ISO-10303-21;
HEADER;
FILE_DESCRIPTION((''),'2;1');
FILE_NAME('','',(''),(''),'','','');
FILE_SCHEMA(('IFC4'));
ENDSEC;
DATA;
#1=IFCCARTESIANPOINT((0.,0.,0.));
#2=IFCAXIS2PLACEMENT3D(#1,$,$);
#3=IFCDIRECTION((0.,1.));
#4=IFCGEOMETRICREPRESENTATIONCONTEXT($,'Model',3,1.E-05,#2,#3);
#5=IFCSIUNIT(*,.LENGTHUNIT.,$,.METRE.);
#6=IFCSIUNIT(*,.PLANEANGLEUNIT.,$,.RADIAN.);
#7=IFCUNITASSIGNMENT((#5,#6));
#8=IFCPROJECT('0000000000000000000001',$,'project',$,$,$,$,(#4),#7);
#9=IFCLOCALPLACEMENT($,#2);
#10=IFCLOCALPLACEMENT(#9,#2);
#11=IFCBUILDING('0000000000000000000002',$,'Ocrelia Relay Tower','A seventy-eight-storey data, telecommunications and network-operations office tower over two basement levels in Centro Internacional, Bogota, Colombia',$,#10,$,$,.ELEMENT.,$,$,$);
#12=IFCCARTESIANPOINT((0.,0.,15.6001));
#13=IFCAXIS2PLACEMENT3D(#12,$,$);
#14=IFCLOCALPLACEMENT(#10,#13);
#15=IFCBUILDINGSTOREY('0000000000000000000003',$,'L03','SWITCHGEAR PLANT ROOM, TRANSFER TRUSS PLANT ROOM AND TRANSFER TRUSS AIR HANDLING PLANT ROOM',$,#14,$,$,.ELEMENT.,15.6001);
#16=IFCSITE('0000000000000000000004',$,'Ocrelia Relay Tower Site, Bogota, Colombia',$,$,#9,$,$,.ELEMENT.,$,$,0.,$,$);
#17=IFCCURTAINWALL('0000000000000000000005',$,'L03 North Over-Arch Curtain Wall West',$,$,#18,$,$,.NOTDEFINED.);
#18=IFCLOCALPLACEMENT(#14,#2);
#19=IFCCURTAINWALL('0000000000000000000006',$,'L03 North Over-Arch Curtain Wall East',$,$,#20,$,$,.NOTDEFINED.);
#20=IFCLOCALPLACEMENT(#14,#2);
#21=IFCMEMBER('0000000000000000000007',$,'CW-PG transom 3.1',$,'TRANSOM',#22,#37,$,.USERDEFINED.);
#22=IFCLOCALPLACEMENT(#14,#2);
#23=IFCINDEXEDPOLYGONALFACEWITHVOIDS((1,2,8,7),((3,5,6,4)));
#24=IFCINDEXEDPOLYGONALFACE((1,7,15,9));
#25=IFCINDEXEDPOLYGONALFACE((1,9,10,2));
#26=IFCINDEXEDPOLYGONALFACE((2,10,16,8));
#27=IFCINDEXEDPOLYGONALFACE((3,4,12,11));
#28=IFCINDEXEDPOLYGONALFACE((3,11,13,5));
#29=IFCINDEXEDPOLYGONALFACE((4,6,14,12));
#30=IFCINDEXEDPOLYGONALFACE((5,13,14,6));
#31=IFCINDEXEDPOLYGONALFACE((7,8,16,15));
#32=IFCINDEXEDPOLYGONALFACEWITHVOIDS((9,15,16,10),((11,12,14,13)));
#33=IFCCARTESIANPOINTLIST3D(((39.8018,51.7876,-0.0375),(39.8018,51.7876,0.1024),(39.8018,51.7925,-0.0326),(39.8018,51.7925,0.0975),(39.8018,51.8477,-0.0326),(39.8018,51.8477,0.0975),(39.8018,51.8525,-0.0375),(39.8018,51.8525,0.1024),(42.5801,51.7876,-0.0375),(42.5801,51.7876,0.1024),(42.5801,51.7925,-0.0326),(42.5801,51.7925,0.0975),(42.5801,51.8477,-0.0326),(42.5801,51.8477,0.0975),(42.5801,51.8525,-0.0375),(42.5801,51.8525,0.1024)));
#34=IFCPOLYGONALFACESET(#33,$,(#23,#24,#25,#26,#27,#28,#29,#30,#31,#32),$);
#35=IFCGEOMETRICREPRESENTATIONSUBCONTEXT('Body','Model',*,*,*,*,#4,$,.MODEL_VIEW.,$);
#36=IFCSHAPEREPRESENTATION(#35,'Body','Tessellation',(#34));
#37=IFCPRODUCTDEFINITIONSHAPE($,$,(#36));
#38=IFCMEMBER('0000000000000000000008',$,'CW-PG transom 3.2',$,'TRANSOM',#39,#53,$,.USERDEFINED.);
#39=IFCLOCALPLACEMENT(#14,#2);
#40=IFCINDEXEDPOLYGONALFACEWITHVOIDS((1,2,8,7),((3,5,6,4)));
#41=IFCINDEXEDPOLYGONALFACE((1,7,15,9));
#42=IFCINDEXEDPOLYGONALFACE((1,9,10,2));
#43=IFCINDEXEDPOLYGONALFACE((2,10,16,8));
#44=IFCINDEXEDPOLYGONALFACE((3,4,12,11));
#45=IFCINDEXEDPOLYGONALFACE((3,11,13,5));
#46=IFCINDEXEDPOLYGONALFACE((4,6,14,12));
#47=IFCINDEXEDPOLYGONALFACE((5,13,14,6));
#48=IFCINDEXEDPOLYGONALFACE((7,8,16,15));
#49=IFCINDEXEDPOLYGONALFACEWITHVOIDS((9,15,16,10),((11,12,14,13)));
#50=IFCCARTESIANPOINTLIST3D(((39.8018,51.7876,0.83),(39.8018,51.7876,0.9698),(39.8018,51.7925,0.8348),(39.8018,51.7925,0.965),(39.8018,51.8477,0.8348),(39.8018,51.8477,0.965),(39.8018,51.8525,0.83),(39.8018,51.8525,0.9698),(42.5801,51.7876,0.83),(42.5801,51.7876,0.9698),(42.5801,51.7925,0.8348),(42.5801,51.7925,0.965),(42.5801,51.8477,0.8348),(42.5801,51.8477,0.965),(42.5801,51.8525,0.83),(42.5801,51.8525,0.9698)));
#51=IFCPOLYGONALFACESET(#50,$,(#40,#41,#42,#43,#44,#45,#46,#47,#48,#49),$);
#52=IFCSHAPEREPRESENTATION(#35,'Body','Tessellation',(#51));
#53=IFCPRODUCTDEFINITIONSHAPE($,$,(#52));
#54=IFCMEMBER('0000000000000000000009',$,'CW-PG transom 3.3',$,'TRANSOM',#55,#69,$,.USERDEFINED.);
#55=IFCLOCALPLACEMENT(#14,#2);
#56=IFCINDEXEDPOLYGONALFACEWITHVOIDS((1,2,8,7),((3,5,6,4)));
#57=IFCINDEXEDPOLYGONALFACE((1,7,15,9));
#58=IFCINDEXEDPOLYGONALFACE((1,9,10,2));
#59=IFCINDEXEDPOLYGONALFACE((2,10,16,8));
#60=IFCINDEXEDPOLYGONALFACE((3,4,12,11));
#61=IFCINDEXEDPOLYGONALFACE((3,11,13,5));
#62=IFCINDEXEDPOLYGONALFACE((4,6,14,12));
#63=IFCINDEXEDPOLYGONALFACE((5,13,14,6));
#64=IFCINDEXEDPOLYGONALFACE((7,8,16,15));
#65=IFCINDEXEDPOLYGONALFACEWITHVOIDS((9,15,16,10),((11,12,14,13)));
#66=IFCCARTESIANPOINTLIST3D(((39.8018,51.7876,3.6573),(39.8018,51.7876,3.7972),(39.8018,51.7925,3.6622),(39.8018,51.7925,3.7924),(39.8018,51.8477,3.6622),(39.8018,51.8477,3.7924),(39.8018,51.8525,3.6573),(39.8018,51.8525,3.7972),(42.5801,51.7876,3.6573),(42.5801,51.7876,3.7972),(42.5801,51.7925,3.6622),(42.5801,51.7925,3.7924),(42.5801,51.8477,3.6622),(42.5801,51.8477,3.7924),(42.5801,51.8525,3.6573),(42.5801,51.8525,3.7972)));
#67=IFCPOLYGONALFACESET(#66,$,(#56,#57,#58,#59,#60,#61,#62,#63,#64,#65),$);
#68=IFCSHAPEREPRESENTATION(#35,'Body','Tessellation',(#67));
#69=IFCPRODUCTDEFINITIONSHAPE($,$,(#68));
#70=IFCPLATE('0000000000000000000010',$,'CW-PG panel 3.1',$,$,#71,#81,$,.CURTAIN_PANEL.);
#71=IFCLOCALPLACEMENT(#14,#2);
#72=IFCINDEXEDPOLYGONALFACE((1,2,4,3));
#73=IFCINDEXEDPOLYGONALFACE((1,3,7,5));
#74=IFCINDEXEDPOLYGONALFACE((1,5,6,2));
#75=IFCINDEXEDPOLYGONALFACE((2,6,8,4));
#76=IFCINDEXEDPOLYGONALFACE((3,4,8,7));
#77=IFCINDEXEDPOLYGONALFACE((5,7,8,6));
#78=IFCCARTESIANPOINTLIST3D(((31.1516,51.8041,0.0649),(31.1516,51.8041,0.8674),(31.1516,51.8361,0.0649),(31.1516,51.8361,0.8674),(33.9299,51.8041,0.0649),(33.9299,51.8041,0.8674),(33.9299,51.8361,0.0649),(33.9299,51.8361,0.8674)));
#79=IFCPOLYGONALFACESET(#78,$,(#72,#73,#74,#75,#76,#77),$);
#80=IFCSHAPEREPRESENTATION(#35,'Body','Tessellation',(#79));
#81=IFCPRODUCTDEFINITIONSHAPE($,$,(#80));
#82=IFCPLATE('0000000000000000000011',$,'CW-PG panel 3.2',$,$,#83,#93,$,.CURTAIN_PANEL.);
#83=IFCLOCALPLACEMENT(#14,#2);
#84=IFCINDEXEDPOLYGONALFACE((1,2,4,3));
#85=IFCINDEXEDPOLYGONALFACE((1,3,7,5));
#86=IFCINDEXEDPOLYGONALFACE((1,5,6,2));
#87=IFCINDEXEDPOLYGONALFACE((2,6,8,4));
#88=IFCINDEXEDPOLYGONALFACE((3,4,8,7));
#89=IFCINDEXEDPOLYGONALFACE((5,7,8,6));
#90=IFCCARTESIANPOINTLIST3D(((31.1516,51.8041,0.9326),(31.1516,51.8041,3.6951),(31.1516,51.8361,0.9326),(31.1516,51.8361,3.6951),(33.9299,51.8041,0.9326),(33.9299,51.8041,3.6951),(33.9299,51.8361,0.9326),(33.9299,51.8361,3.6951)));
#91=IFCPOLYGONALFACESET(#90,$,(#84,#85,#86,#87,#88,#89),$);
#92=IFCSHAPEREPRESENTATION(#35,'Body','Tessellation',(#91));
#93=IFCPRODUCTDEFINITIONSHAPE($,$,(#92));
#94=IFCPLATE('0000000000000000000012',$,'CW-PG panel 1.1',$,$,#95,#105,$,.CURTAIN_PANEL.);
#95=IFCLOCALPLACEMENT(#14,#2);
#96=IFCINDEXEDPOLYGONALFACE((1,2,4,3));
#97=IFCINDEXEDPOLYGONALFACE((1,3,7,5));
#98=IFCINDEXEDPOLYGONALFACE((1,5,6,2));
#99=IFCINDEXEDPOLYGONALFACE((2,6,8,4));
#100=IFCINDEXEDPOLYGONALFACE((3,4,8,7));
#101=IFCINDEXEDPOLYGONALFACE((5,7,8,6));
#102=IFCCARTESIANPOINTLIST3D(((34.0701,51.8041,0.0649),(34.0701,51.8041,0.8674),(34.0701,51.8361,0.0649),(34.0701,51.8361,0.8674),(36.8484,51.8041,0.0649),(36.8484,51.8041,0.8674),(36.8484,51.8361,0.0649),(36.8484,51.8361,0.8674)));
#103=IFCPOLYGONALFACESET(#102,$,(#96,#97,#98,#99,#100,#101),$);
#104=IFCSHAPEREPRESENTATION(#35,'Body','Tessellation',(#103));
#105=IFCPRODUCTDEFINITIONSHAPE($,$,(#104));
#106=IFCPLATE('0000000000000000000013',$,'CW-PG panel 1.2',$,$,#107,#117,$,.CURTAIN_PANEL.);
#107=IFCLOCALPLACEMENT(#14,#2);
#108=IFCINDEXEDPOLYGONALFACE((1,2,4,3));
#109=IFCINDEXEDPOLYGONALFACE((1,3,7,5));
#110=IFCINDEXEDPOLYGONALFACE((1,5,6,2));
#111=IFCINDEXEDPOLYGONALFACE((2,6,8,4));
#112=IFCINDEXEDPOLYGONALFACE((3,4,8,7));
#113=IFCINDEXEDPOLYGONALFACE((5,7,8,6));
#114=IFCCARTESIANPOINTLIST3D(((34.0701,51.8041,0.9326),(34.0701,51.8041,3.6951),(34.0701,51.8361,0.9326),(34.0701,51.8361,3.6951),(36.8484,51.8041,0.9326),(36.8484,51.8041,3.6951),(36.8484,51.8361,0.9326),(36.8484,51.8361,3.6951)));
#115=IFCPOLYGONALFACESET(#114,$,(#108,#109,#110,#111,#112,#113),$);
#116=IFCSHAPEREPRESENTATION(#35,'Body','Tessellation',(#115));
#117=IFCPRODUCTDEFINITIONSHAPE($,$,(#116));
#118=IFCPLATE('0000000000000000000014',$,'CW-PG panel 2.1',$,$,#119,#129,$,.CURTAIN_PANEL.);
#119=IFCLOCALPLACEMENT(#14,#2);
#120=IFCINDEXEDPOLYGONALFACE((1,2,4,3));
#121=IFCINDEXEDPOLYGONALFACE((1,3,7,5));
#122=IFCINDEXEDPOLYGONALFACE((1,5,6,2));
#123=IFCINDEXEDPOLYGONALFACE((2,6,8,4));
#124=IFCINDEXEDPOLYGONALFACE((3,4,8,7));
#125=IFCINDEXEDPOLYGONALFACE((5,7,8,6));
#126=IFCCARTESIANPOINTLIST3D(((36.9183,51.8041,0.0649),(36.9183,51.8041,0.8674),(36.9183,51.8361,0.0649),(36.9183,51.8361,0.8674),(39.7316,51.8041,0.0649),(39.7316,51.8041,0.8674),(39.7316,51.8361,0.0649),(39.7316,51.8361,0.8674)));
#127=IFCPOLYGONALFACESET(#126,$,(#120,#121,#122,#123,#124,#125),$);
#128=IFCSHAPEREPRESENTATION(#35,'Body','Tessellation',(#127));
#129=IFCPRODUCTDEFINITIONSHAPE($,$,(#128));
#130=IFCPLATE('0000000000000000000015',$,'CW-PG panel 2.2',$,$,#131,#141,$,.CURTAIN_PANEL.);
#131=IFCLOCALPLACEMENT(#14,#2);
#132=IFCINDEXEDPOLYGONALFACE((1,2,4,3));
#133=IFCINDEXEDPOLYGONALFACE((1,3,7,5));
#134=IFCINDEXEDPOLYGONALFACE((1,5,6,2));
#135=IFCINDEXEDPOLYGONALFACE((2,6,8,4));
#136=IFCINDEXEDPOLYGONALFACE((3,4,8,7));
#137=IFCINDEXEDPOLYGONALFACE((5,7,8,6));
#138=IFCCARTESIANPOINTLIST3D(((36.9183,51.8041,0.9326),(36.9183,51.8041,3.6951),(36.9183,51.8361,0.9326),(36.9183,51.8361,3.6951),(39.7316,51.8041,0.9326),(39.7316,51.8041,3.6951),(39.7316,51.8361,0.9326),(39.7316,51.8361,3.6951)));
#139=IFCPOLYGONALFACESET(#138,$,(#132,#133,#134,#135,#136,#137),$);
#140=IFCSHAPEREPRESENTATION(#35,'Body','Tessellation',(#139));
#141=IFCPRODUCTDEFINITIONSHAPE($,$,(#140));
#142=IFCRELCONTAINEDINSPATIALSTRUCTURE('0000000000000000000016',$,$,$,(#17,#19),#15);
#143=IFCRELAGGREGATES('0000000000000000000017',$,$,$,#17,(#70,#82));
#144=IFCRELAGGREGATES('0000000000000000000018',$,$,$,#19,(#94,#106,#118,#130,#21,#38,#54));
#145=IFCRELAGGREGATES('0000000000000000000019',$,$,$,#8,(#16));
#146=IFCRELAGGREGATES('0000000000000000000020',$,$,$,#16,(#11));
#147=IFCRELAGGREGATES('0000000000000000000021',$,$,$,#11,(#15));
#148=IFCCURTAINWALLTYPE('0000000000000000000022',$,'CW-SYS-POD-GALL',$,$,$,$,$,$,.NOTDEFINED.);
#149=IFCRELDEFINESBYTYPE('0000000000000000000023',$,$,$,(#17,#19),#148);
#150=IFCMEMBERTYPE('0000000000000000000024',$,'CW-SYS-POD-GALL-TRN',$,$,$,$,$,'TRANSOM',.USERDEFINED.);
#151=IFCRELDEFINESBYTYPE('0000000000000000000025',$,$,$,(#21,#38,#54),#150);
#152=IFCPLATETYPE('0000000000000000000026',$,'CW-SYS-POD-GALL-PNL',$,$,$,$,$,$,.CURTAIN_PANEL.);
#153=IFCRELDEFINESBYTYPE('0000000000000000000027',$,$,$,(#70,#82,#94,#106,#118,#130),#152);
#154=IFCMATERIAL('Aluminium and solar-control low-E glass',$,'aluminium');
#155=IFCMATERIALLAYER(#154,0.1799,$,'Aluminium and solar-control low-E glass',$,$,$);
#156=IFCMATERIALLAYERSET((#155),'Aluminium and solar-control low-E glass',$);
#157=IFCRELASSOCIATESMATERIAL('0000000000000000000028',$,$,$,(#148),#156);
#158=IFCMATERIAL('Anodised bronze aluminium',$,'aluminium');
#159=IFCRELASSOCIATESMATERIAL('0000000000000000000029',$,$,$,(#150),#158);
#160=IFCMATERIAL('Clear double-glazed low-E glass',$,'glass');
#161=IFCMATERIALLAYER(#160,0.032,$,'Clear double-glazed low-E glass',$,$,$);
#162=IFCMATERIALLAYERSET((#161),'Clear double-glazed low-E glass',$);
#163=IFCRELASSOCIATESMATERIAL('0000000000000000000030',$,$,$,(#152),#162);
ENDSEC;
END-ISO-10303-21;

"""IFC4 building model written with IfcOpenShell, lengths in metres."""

from ifc_helpers import new_model, si_unit, direction, frame, origin, origin_2d, place, context, subcontext, project, spatial, rectangle, hollow_rectangle, extrude, material, layer, layer_set, material_profile, profile_set, type_object, element, aggregate, save


model = new_model("IFC4")

# Units and contexts
model_context = context("Model", 3, precision=1e-05, world=origin(), true_north=direction((0.0, 1.0)))
body_context = subcontext(model_context, "Body", "Model", "MODEL_VIEW")
ifc_project = project(units=[si_unit("LENGTHUNIT", "METRE"), si_unit("PLANEANGLEUNIT", "RADIAN")], contexts=[model_context])

# Site, building, storey
site_placement = place(None, origin())
site = spatial("IfcSite", under=ifc_project, at=site_placement, Name="Ocrelia Relay Tower Site, Bogota, Colombia", CompositionType="ELEMENT", RefElevation=0.0)
building_placement = place(site_placement, origin())
building = spatial("IfcBuilding", under=site, at=building_placement, Name="Ocrelia Relay Tower", Description="A seventy-eight-storey data, telecommunications and network-operations office tower over two basement levels in Centro Internacional, Bogota, Colombia", CompositionType="ELEMENT")
storey_placement = place(building_placement, frame((0.0, 0.0, 15.6001)))
storey = spatial("IfcBuildingStorey", under=building, at=storey_placement, Name="L03", Description="SWITCHGEAR PLANT ROOM, TRANSFER TRUSS PLANT ROOM AND TRANSFER TRUSS AIR HANDLING PLANT ROOM", CompositionType="ELEMENT", Elevation=15.6001)

# Curtain wall
ifc_material_1 = material(Name="Aluminium and solar-control low-E glass", Category="aluminium")
ifc_layer_1 = layer(ifc_material_1, 0.1799, Name="Aluminium and solar-control low-E glass")
ifc_layer_set_1 = layer_set([ifc_layer_1], Name="Aluminium and solar-control low-E glass")
curtain_wall_type = type_object("IfcCurtainWallType", Name="CW-SYS-POD-GALL", PredefinedType="NOTDEFINED", material=ifc_layer_set_1)
curtain_wall_1_placement = place(storey_placement, origin())
curtain_wall_1 = element("IfcCurtainWall", 1, at=curtain_wall_1_placement, inside=storey, type_object=curtain_wall_type, Name="L03 North Over-Arch Curtain Wall West", PredefinedType="NOTDEFINED")
ifc_material_2 = material(Name="Anodised bronze aluminium", Category="aluminium")

# Curtain wall
curtain_wall_2_placement = place(storey_placement, origin())
curtain_wall_2 = element("IfcCurtainWall", 2, at=curtain_wall_2_placement, inside=storey, type_object=curtain_wall_type, Name="L03 North Over-Arch Curtain Wall East", PredefinedType="NOTDEFINED")

# Members
ifc_material_profile_1 = material_profile(ifc_material_2, hollow_rectangle(XDim=0.0649, YDim=0.1399, WallThickness=0.0049, at=origin_2d()), Name="CW-TRN-140x65")
ifc_profile_set_1 = profile_set([ifc_material_profile_1], Name="Anodised bronze aluminium")
member_type_1 = type_object("IfcMemberType", Name="CW-SYS-POD-GALL-TRN", ElementType="TRANSOM", PredefinedType="USERDEFINED", material=ifc_profile_set_1)
member_1_placement = place(storey_placement, frame((39.8018, 51.8201, 0.0325), z_axis=(1.0, 0.0, 0.0), x_axis=(0.0, 1.0, 0.0)))
member_1 = element("IfcMember", 3, at=member_1_placement, type_object=member_type_1, Name="CW-PG transom 3.1", ObjectType="TRANSOM", PredefinedType="USERDEFINED", context=body_context, shape_type="SweptSolid", body=[
    extrude(hollow_rectangle(XDim=0.0649, YDim=0.1399, WallThickness=0.0049, at=origin_2d()), origin(), (0.0, 0.0, 1.0), 2.7783),
])
member_2_placement = place(storey_placement, frame((39.8018, 51.8201, 0.8999), z_axis=(1.0, 0.0, 0.0), x_axis=(0.0, 1.0, 0.0)))
member_2 = element("IfcMember", 4, at=member_2_placement, type_object=member_type_1, Name="CW-PG transom 3.2", ObjectType="TRANSOM", PredefinedType="USERDEFINED", context=body_context, shape_type="SweptSolid", body=[
    extrude(hollow_rectangle(XDim=0.0649, YDim=0.1399, WallThickness=0.0049, at=origin_2d()), origin(), (0.0, 0.0, 1.0), 2.7783),
])
member_3_placement = place(storey_placement, frame((39.8018, 51.8201, 3.7273), z_axis=(1.0, 0.0, 0.0), x_axis=(0.0, 1.0, 0.0)))
member_3 = element("IfcMember", 5, at=member_3_placement, type_object=member_type_1, Name="CW-PG transom 3.3", ObjectType="TRANSOM", PredefinedType="USERDEFINED", context=body_context, shape_type="SweptSolid", body=[
    extrude(hollow_rectangle(XDim=0.0649, YDim=0.1399, WallThickness=0.0049, at=origin_2d()), origin(), (0.0, 0.0, 1.0), 2.7783),
])

# Plates
ifc_material_3 = material(Name="Clear double-glazed low-E glass", Category="glass")
ifc_layer_2 = layer(ifc_material_3, 0.032, Name="Clear double-glazed low-E glass")
ifc_layer_set_2 = layer_set([ifc_layer_2], Name="Clear double-glazed low-E glass")
plate_type = type_object("IfcPlateType", Name="CW-SYS-POD-GALL-PNL", PredefinedType="CURTAIN_PANEL", material=ifc_layer_set_2)
plate_1_placement = place(storey_placement, frame((32.5408, 51.8201, 0.0649), z_axis=(0.0, 0.0, 1.0), x_axis=(1.0, 0.0, 0.0)))
plate_1 = element("IfcPlate", 6, at=plate_1_placement, type_object=plate_type, Name="CW-PG panel 3.1", PredefinedType="CURTAIN_PANEL", context=body_context, shape_type="SweptSolid", body=[
    extrude(rectangle(XDim=2.7783, YDim=0.032, at=origin_2d()), origin(), (0.0, 0.0, 1.0), 0.8025),
])
plate_2_placement = place(storey_placement, frame((32.5408, 51.8201, 0.9326), z_axis=(0.0, 0.0, 1.0), x_axis=(1.0, 0.0, 0.0)))
plate_2 = element("IfcPlate", 7, at=plate_2_placement, type_object=plate_type, Name="CW-PG panel 3.2", PredefinedType="CURTAIN_PANEL", context=body_context, shape_type="SweptSolid", body=[
    extrude(rectangle(XDim=2.7783, YDim=0.032, at=origin_2d()), origin(), (0.0, 0.0, 1.0), 2.7625),
])
aggregate(curtain_wall_1, [plate_1, plate_2])
plate_3_placement = place(storey_placement, frame((35.4592, 51.8201, 0.0649), z_axis=(0.0, 0.0, 1.0), x_axis=(1.0, 0.0, 0.0)))
plate_3 = element("IfcPlate", 8, at=plate_3_placement, type_object=plate_type, Name="CW-PG panel 1.1", PredefinedType="CURTAIN_PANEL", context=body_context, shape_type="SweptSolid", body=[
    extrude(rectangle(XDim=2.7783, YDim=0.032, at=origin_2d()), origin(), (0.0, 0.0, 1.0), 0.8025),
])
plate_4_placement = place(storey_placement, frame((35.4592, 51.8201, 0.9326), z_axis=(0.0, 0.0, 1.0), x_axis=(1.0, 0.0, 0.0)))
plate_4 = element("IfcPlate", 9, at=plate_4_placement, type_object=plate_type, Name="CW-PG panel 1.2", PredefinedType="CURTAIN_PANEL", context=body_context, shape_type="SweptSolid", body=[
    extrude(rectangle(XDim=2.7783, YDim=0.032, at=origin_2d()), origin(), (0.0, 0.0, 1.0), 2.7625),
])
plate_5_placement = place(storey_placement, frame((38.325, 51.8201, 0.0649), z_axis=(0.0, 0.0, 1.0), x_axis=(1.0, 0.0, 0.0)))
plate_5 = element("IfcPlate", 10, at=plate_5_placement, type_object=plate_type, Name="CW-PG panel 2.1", PredefinedType="CURTAIN_PANEL", context=body_context, shape_type="SweptSolid", body=[
    extrude(rectangle(XDim=2.8132, YDim=0.032, at=origin_2d()), origin(), (0.0, 0.0, 1.0), 0.8025),
])
plate_6_placement = place(storey_placement, frame((38.325, 51.8201, 0.9326), z_axis=(0.0, 0.0, 1.0), x_axis=(1.0, 0.0, 0.0)))
plate_6 = element("IfcPlate", 11, at=plate_6_placement, type_object=plate_type, Name="CW-PG panel 2.2", PredefinedType="CURTAIN_PANEL", context=body_context, shape_type="SweptSolid", body=[
    extrude(rectangle(XDim=2.8132, YDim=0.032, at=origin_2d()), origin(), (0.0, 0.0, 1.0), 2.7625),
])
aggregate(curtain_wall_2, [plate_3, plate_4, plate_5, plate_6, member_1, member_2, member_3])

save(model, "model.ifc")
